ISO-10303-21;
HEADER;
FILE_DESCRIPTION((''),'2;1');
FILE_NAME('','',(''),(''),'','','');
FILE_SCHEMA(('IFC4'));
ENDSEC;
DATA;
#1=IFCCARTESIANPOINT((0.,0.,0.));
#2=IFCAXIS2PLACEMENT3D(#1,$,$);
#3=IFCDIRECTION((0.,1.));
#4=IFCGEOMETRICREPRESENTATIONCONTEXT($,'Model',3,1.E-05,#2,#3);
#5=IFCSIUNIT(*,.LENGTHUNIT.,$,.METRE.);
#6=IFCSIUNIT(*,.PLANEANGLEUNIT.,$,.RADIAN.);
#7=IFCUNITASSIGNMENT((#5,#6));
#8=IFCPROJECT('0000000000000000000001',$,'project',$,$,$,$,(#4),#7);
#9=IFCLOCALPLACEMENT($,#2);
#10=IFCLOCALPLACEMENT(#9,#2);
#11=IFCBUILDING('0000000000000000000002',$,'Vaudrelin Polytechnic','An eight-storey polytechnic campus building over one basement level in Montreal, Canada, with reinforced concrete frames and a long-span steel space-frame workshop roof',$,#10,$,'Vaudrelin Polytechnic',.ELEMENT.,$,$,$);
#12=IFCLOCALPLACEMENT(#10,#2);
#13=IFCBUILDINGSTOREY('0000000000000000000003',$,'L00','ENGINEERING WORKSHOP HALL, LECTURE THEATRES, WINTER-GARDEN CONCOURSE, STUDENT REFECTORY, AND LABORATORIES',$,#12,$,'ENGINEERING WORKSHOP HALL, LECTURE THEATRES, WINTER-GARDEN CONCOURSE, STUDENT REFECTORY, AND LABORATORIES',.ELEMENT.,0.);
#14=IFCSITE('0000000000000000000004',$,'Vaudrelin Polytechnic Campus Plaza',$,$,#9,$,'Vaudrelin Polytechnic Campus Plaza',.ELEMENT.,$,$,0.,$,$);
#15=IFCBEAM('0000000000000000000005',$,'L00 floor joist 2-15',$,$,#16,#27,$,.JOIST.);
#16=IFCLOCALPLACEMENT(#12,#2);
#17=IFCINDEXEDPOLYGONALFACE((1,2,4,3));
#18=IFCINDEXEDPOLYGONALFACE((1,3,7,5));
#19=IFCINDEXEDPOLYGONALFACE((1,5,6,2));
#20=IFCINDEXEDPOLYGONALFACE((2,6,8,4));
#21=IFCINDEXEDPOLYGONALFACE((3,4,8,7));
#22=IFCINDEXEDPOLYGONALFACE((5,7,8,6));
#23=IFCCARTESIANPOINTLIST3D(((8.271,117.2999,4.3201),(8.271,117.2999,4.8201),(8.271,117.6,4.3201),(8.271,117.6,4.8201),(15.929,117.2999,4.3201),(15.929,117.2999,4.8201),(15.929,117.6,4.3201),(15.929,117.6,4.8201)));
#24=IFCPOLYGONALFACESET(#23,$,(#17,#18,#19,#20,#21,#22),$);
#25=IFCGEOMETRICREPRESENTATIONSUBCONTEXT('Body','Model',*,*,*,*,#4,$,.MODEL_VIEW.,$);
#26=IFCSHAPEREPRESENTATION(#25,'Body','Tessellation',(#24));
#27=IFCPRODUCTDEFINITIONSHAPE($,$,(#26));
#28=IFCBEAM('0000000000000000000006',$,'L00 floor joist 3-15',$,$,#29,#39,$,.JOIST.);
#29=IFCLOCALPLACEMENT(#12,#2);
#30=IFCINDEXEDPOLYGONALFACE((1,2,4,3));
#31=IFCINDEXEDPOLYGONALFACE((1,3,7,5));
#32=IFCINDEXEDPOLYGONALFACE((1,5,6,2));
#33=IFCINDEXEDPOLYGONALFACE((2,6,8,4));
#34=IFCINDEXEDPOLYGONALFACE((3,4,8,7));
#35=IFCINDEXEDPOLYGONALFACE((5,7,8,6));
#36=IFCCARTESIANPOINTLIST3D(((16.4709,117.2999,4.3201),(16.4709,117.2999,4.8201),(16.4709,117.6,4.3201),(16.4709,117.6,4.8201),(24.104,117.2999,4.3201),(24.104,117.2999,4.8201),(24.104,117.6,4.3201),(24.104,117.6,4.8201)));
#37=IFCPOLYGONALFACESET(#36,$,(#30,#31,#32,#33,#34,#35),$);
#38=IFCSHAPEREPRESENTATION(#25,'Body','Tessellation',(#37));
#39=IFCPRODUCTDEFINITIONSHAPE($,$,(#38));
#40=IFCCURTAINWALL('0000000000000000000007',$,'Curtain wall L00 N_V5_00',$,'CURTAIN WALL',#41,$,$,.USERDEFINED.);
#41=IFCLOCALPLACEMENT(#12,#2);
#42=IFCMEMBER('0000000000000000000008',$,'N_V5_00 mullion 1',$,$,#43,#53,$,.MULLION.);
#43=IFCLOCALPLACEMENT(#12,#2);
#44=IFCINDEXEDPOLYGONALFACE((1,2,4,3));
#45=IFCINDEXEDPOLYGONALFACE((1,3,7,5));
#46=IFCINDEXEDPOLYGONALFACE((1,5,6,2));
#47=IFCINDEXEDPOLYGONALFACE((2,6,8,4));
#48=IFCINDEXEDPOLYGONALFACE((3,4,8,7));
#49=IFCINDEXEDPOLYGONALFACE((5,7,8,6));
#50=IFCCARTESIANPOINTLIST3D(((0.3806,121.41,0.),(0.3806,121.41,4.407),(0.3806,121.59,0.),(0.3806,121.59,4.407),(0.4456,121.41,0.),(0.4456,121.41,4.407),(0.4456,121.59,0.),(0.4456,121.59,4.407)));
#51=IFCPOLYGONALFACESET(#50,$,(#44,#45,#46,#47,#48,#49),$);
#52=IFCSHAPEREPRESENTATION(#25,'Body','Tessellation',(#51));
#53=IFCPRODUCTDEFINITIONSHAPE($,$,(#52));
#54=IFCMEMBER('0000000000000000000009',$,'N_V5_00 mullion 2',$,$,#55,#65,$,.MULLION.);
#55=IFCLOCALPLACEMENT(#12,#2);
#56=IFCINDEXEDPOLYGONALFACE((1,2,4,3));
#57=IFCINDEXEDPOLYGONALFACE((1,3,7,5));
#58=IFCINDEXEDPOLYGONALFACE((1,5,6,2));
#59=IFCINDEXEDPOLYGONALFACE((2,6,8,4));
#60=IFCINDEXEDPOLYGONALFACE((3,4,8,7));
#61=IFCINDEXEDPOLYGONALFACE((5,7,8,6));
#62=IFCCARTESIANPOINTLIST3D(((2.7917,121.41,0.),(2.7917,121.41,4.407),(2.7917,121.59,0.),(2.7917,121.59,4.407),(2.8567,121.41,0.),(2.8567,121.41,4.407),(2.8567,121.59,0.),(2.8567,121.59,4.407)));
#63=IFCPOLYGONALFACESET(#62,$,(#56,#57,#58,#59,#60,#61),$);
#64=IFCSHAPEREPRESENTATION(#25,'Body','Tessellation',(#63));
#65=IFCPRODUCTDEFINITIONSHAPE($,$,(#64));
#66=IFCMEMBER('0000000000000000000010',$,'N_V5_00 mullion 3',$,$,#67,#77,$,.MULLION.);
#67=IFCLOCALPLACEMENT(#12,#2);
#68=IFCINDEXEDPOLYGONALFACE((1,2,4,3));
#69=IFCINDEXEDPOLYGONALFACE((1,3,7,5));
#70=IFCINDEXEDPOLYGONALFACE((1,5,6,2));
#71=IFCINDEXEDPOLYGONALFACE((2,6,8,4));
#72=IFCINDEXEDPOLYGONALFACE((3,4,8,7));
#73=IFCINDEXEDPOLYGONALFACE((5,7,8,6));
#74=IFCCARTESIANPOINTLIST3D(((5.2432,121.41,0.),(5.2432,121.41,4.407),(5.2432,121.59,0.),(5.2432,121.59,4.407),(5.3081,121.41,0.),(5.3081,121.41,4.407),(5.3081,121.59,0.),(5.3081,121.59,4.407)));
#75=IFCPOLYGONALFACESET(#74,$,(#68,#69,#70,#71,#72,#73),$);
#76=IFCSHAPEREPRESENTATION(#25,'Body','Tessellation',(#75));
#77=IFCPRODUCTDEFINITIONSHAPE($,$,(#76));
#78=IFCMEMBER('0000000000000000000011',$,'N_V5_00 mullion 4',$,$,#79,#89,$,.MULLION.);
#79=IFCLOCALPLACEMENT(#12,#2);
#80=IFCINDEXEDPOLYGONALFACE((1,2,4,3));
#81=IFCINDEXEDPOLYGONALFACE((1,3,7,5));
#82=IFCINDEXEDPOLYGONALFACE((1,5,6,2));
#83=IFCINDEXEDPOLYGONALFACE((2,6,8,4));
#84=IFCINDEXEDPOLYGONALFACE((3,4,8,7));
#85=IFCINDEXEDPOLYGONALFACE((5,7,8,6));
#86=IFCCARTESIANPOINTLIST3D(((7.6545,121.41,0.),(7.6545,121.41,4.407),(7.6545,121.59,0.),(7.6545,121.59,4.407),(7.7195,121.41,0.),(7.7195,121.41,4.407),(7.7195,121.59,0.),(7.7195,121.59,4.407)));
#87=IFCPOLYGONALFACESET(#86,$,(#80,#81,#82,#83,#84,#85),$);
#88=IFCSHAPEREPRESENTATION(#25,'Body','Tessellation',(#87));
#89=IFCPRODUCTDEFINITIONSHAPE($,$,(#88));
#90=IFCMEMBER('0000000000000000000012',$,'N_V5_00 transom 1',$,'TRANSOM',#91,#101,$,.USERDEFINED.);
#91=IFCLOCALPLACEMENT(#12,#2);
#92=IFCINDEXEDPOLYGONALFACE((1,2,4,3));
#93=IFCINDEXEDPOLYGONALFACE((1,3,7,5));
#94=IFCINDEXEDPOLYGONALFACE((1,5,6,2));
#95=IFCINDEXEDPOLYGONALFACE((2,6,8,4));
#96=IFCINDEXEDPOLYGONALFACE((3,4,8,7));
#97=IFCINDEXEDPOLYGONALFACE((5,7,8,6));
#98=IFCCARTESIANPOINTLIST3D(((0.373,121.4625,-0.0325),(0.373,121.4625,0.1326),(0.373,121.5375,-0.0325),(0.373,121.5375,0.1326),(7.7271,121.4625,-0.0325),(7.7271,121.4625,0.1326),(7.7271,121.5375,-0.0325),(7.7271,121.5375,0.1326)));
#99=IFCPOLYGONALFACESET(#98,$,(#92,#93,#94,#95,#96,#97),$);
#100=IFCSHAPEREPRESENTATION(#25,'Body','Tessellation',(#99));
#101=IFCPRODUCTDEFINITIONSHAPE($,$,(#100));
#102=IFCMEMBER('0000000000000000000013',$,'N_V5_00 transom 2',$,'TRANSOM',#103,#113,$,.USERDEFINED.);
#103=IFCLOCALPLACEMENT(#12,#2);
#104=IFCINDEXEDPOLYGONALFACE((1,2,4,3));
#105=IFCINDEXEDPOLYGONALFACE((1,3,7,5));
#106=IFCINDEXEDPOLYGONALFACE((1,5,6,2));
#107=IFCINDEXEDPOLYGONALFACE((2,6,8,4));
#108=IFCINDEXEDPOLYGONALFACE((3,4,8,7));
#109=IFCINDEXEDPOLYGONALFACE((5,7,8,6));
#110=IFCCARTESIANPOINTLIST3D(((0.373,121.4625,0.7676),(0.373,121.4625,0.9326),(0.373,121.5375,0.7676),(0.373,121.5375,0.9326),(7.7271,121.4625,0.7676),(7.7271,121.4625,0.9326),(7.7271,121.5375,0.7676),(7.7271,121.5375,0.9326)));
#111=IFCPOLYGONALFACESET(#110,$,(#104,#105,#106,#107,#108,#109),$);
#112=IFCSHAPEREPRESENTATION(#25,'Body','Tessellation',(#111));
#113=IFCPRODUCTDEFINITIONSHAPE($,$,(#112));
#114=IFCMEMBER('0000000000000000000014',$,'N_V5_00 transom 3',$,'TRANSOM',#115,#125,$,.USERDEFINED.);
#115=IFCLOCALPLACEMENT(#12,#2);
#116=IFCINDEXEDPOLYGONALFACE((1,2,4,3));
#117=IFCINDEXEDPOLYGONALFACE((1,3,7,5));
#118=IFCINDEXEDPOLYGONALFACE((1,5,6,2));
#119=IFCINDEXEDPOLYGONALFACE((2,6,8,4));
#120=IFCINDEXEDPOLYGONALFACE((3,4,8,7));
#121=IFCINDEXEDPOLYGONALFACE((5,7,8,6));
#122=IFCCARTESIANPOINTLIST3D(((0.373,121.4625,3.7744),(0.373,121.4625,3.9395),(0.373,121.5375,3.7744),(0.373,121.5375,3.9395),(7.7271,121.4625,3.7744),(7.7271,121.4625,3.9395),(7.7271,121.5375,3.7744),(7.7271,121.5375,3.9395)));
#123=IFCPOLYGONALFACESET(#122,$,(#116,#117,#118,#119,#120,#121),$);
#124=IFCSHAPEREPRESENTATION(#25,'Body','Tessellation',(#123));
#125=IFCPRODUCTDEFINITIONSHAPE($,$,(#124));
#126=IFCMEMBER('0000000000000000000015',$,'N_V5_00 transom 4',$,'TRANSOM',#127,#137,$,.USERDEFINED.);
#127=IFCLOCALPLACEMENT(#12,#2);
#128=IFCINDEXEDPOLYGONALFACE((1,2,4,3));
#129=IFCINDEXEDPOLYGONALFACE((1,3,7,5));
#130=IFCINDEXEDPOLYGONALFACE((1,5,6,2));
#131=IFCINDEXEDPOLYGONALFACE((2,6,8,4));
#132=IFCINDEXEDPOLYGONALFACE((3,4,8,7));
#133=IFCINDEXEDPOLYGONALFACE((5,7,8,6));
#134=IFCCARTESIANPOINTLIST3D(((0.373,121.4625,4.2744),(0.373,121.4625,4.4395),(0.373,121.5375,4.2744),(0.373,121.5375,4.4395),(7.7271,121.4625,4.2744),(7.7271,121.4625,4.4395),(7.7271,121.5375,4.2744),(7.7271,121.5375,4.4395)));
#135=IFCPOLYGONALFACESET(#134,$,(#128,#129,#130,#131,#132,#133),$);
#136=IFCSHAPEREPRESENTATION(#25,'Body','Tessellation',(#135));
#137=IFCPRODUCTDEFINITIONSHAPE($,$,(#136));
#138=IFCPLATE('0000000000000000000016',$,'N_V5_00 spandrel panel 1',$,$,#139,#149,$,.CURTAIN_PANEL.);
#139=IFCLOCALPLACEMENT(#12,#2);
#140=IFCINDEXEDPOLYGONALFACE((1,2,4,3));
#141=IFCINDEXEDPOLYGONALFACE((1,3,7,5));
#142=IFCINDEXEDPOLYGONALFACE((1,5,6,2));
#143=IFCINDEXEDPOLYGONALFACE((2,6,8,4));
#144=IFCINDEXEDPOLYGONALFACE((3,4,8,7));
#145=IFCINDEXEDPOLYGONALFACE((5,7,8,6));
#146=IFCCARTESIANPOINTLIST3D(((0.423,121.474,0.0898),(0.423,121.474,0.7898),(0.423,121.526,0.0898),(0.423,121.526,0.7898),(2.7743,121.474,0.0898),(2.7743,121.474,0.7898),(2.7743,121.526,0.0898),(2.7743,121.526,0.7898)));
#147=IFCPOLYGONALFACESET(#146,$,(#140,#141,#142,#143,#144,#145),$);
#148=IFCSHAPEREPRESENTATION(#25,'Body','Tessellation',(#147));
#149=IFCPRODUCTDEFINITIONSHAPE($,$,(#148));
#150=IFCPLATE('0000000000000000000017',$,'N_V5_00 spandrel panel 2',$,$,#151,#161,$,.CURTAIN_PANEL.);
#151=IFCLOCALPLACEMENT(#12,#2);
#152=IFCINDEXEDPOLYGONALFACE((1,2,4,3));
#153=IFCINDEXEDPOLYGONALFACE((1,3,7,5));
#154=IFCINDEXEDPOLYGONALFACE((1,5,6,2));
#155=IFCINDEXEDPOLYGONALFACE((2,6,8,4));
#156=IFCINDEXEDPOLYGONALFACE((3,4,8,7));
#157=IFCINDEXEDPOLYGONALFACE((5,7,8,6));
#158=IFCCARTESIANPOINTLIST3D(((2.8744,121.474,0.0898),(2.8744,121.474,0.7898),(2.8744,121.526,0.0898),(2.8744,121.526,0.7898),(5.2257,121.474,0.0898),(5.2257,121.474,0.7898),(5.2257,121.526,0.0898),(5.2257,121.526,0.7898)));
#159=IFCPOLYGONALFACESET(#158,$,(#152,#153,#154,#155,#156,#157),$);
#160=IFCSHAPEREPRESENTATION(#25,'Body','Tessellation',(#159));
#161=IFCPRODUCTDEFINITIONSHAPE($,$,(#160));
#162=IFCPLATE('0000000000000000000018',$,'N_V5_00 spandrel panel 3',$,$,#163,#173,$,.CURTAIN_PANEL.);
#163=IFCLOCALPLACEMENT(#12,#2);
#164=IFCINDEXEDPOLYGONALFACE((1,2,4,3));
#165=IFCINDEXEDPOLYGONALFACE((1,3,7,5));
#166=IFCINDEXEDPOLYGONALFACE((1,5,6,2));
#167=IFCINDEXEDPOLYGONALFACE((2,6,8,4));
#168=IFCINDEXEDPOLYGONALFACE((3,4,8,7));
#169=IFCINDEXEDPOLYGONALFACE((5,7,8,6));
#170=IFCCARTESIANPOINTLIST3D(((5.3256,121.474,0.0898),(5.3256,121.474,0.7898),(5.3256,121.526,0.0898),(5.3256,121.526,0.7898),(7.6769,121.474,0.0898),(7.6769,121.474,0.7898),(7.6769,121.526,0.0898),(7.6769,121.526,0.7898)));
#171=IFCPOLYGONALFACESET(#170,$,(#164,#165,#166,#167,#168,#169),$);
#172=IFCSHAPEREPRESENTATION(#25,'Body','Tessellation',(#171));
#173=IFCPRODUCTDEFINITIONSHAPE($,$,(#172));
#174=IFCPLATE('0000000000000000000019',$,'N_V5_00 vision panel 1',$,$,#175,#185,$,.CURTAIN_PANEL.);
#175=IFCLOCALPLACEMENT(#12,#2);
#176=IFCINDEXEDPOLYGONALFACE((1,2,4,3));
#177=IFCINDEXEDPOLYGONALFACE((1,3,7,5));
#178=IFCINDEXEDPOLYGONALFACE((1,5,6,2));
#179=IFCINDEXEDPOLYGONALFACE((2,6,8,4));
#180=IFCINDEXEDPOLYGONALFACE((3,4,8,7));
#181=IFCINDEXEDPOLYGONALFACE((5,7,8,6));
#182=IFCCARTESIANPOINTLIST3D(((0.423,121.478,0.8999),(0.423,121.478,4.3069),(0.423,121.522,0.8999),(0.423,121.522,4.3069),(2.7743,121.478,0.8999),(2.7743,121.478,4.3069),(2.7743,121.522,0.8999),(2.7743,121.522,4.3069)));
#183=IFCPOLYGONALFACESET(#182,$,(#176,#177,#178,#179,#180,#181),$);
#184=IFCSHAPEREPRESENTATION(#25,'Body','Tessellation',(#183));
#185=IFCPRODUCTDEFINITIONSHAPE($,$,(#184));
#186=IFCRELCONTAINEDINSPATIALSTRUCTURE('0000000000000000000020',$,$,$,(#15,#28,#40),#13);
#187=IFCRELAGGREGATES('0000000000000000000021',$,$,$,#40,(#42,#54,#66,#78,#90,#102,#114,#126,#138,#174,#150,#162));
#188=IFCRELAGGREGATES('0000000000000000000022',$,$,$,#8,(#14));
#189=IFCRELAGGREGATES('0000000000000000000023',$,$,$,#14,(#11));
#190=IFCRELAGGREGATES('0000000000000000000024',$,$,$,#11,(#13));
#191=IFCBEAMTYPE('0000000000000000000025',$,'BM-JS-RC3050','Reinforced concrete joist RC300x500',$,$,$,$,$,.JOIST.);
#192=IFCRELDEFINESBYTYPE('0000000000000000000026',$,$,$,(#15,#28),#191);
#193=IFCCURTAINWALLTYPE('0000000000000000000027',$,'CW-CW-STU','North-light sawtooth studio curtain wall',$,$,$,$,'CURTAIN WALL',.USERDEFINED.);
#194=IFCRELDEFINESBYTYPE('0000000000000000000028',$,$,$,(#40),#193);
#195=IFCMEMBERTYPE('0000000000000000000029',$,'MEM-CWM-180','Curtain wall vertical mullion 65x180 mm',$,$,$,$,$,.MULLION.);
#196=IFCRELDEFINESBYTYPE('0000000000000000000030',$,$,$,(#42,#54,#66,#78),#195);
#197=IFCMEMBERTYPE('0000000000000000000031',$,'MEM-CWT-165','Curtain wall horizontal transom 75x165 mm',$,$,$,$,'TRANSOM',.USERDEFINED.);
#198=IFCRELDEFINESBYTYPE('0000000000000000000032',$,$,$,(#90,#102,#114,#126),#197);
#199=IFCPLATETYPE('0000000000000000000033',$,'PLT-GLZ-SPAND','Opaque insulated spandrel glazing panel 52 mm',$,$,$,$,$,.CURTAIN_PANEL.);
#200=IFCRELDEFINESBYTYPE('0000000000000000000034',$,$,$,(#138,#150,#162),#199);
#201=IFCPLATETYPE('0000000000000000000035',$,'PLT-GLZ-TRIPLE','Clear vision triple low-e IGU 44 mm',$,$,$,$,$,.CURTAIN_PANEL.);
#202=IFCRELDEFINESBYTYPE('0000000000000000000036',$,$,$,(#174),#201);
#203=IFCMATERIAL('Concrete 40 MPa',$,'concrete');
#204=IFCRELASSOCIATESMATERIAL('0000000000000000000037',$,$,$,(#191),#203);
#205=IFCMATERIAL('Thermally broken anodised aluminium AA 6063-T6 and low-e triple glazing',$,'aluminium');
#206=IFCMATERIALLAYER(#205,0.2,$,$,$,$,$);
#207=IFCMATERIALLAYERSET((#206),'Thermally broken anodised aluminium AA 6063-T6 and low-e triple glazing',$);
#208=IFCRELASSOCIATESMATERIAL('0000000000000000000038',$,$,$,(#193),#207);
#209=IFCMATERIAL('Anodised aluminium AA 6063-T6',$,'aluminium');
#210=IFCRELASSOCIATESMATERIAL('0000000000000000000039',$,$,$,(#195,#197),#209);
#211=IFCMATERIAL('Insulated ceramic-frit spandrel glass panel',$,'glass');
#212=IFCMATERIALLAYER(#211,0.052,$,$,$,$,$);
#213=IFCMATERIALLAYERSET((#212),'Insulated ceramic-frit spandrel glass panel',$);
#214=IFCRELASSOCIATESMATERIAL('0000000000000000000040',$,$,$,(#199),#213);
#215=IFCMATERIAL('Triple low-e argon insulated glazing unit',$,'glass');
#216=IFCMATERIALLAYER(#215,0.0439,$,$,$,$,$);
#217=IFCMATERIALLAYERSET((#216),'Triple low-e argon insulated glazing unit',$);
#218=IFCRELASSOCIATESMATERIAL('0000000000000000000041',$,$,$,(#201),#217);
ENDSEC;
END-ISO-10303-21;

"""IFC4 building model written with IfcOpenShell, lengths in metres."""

from ifc_helpers import new_model, si_unit, direction, frame, origin, origin_2d, place, context, subcontext, project, spatial, rectangle, extrude, material, layer, layer_set, material_profile, profile_set, type_object, element, aggregate, save


model = new_model("IFC4")

# Units and contexts
model_context = context("Model", 3, precision=1e-05, world=origin(), true_north=direction((0.0, 1.0)))
body_context = subcontext(model_context, "Body", "Model", "MODEL_VIEW")
ifc_project = project(units=[si_unit("LENGTHUNIT", "METRE"), si_unit("PLANEANGLEUNIT", "RADIAN")], contexts=[model_context])

# Site, building, storey
site_placement = place(None, origin())
site = spatial("IfcSite", under=ifc_project, at=site_placement, Name="Vaudrelin Polytechnic Campus Plaza", LongName="Vaudrelin Polytechnic Campus Plaza", CompositionType="ELEMENT", RefElevation=0.0)
building_placement = place(site_placement, origin())
building = spatial("IfcBuilding", under=site, at=building_placement, Name="Vaudrelin Polytechnic", Description="An eight-storey polytechnic campus building over one basement level in Montreal, Canada, with reinforced concrete frames and a long-span steel space-frame workshop roof", LongName="Vaudrelin Polytechnic", CompositionType="ELEMENT")
storey_placement = place(building_placement, origin())
storey = spatial("IfcBuildingStorey", under=building, at=storey_placement, Name="L00", Description="ENGINEERING WORKSHOP HALL, LECTURE THEATRES, WINTER-GARDEN CONCOURSE, STUDENT REFECTORY, AND LABORATORIES", LongName="ENGINEERING WORKSHOP HALL, LECTURE THEATRES, WINTER-GARDEN CONCOURSE, STUDENT REFECTORY, AND LABORATORIES", CompositionType="ELEMENT", Elevation=0.0)

# Beams
ifc_material_1 = material(Name="Concrete 40 MPa", Category="concrete")
ifc_material_profile_1 = material_profile(ifc_material_1, rectangle(XDim=0.3, YDim=0.5, at=origin_2d()), Name="RC300x500")
ifc_profile_set_1 = profile_set([ifc_material_profile_1], Name="Concrete 40 MPa")
beam_type_1 = type_object("IfcBeamType", Name="BM-JS-RC3050", Description="Reinforced concrete joist RC300x500", PredefinedType="JOIST", material=ifc_profile_set_1)
beam_1_placement = place(storey_placement, frame((8.271, 117.45, 4.5701), z_axis=(1.0, 0.0, 0.0), x_axis=(0.0, 1.0, 0.0)))
element("IfcBeam", 1, at=beam_1_placement, inside=storey, type_object=beam_type_1, Name="L00 floor joist 2-15", PredefinedType="JOIST", context=body_context, shape_type="SweptSolid", body=[
    extrude(rectangle(XDim=0.3, YDim=0.5, at=origin_2d()), origin(), (0.0, 0.0, 1.0), 7.658),
])
beam_2_placement = place(storey_placement, frame((16.4709, 117.45, 4.5701), z_axis=(1.0, 0.0, 0.0), x_axis=(0.0, 1.0, 0.0)))
element("IfcBeam", 2, at=beam_2_placement, inside=storey, type_object=beam_type_1, Name="L00 floor joist 3-15", PredefinedType="JOIST", context=body_context, shape_type="SweptSolid", body=[
    extrude(rectangle(XDim=0.3, YDim=0.5, at=origin_2d()), origin(), (0.0, 0.0, 1.0), 7.6331),
])

# Curtain wall, members, plates
ifc_material_2 = material(Name="Thermally broken anodised aluminium AA 6063-T6 and low-e triple glazing", Category="aluminium")
ifc_layer_1 = layer(ifc_material_2, 0.2)
ifc_layer_set_1 = layer_set([ifc_layer_1], Name="Thermally broken anodised aluminium AA 6063-T6 and low-e triple glazing")
curtain_wall_type = type_object("IfcCurtainWallType", Name="CW-CW-STU", Description="North-light sawtooth studio curtain wall", ElementType="CURTAIN WALL", PredefinedType="USERDEFINED", material=ifc_layer_set_1)
curtain_wall_placement = place(storey_placement, origin())
curtain_wall = element("IfcCurtainWall", 3, at=curtain_wall_placement, inside=storey, type_object=curtain_wall_type, Name="Curtain wall L00 N_V5_00", ObjectType="CURTAIN WALL", PredefinedType="USERDEFINED")
ifc_material_3 = material(Name="Anodised aluminium AA 6063-T6", Category="aluminium")
ifc_material_profile_2 = material_profile(ifc_material_3, rectangle(XDim=0.0649, YDim=0.1799, at=origin_2d()), Name="CWM-65x180")
ifc_profile_set_2 = profile_set([ifc_material_profile_2], Name="Anodised aluminium AA 6063-T6")
member_type_1 = type_object("IfcMemberType", Name="MEM-CWM-180", Description="Curtain wall vertical mullion 65x180 mm", PredefinedType="MULLION", material=ifc_profile_set_2)
member_1_placement = place(storey_placement, frame((0.4131, 121.5, 0.0), z_axis=(0.0, 0.0, 1.0), x_axis=(1.0, 0.0, 0.0)))
member_1 = element("IfcMember", 4, at=member_1_placement, type_object=member_type_1, Name="N_V5_00 mullion 1", PredefinedType="MULLION", context=body_context, shape_type="SweptSolid", body=[
    extrude(rectangle(XDim=0.0649, YDim=0.1799, at=origin_2d()), origin(), (0.0, 0.0, 1.0), 4.407),
])
member_2_placement = place(storey_placement, frame((2.8242, 121.5, 0.0), z_axis=(0.0, 0.0, 1.0), x_axis=(1.0, 0.0, 0.0)))
member_2 = element("IfcMember", 5, at=member_2_placement, type_object=member_type_1, Name="N_V5_00 mullion 2", PredefinedType="MULLION", context=body_context, shape_type="SweptSolid", body=[
    extrude(rectangle(XDim=0.0649, YDim=0.1799, at=origin_2d()), origin(), (0.0, 0.0, 1.0), 4.407),
])
member_3_placement = place(storey_placement, frame((5.2756, 121.5, 0.0), z_axis=(0.0, 0.0, 1.0), x_axis=(1.0, 0.0, 0.0)))
member_3 = element("IfcMember", 6, at=member_3_placement, type_object=member_type_1, Name="N_V5_00 mullion 3", PredefinedType="MULLION", context=body_context, shape_type="SweptSolid", body=[
    extrude(rectangle(XDim=0.0649, YDim=0.1799, at=origin_2d()), origin(), (0.0, 0.0, 1.0), 4.407),
])
member_4_placement = place(storey_placement, frame((7.687, 121.5, 0.0), z_axis=(0.0, 0.0, 1.0), x_axis=(1.0, 0.0, 0.0)))
member_4 = element("IfcMember", 7, at=member_4_placement, type_object=member_type_1, Name="N_V5_00 mullion 4", PredefinedType="MULLION", context=body_context, shape_type="SweptSolid", body=[
    extrude(rectangle(XDim=0.0649, YDim=0.1799, at=origin_2d()), origin(), (0.0, 0.0, 1.0), 4.407),
])
ifc_material_profile_3 = material_profile(ifc_material_3, rectangle(XDim=0.075, YDim=0.165, at=origin_2d()), Name="CWT-75x165")
ifc_profile_set_3 = profile_set([ifc_material_profile_3], Name="Anodised aluminium AA 6063-T6")
member_type_2 = type_object("IfcMemberType", Name="MEM-CWT-165", Description="Curtain wall horizontal transom 75x165 mm", ElementType="TRANSOM", PredefinedType="USERDEFINED", material=ifc_profile_set_3)
member_5_placement = place(storey_placement, frame((0.373, 121.5, 0.05), z_axis=(1.0, 0.0, 0.0), x_axis=(0.0, 1.0, 0.0)))
member_5 = element("IfcMember", 8, at=member_5_placement, type_object=member_type_2, Name="N_V5_00 transom 1", ObjectType="TRANSOM", PredefinedType="USERDEFINED", context=body_context, shape_type="SweptSolid", body=[
    extrude(rectangle(XDim=0.075, YDim=0.165, at=origin_2d()), origin(), (0.0, 0.0, 1.0), 7.354),
])
member_6_placement = place(storey_placement, frame((0.373, 121.5, 0.8501), z_axis=(1.0, 0.0, 0.0), x_axis=(0.0, 1.0, 0.0)))
member_6 = element("IfcMember", 9, at=member_6_placement, type_object=member_type_2, Name="N_V5_00 transom 2", ObjectType="TRANSOM", PredefinedType="USERDEFINED", context=body_context, shape_type="SweptSolid", body=[
    extrude(rectangle(XDim=0.075, YDim=0.165, at=origin_2d()), origin(), (0.0, 0.0, 1.0), 7.354),
])
member_7_placement = place(storey_placement, frame((0.373, 121.5, 3.8569), z_axis=(1.0, 0.0, 0.0), x_axis=(0.0, 1.0, 0.0)))
member_7 = element("IfcMember", 10, at=member_7_placement, type_object=member_type_2, Name="N_V5_00 transom 3", ObjectType="TRANSOM", PredefinedType="USERDEFINED", context=body_context, shape_type="SweptSolid", body=[
    extrude(rectangle(XDim=0.075, YDim=0.165, at=origin_2d()), origin(), (0.0, 0.0, 1.0), 7.354),
])
member_8_placement = place(storey_placement, frame((0.373, 121.5, 4.3569), z_axis=(1.0, 0.0, 0.0), x_axis=(0.0, 1.0, 0.0)))
member_8 = element("IfcMember", 11, at=member_8_placement, type_object=member_type_2, Name="N_V5_00 transom 4", ObjectType="TRANSOM", PredefinedType="USERDEFINED", context=body_context, shape_type="SweptSolid", body=[
    extrude(rectangle(XDim=0.075, YDim=0.165, at=origin_2d()), origin(), (0.0, 0.0, 1.0), 7.354),
])
ifc_material_4 = material(Name="Insulated ceramic-frit spandrel glass panel", Category="glass")
ifc_layer_2 = layer(ifc_material_4, 0.052)
ifc_layer_set_2 = layer_set([ifc_layer_2], Name="Insulated ceramic-frit spandrel glass panel")
plate_type_1 = type_object("IfcPlateType", Name="PLT-GLZ-SPAND", Description="Opaque insulated spandrel glazing panel 52 mm", PredefinedType="CURTAIN_PANEL", material=ifc_layer_set_2)
plate_1_placement = place(storey_placement, frame((1.5986, 121.5, 0.0898), z_axis=(0.0, 0.0, 1.0), x_axis=(1.0, 0.0, 0.0)))
plate_1 = element("IfcPlate", 12, at=plate_1_placement, type_object=plate_type_1, Name="N_V5_00 spandrel panel 1", PredefinedType="CURTAIN_PANEL", context=body_context, shape_type="SweptSolid", body=[
    extrude(rectangle(XDim=2.3513, YDim=0.052, at=origin_2d()), origin(), (0.0, 0.0, 1.0), 0.7),
])
plate_2_placement = place(storey_placement, frame((4.05, 121.5, 0.0898), z_axis=(0.0, 0.0, 1.0), x_axis=(1.0, 0.0, 0.0)))
plate_2 = element("IfcPlate", 13, at=plate_2_placement, type_object=plate_type_1, Name="N_V5_00 spandrel panel 2", PredefinedType="CURTAIN_PANEL", context=body_context, shape_type="SweptSolid", body=[
    extrude(rectangle(XDim=2.3513, YDim=0.052, at=origin_2d()), origin(), (0.0, 0.0, 1.0), 0.7),
])
plate_3_placement = place(storey_placement, frame((6.5012, 121.5, 0.0898), z_axis=(0.0, 0.0, 1.0), x_axis=(1.0, 0.0, 0.0)))
plate_3 = element("IfcPlate", 14, at=plate_3_placement, type_object=plate_type_1, Name="N_V5_00 spandrel panel 3", PredefinedType="CURTAIN_PANEL", context=body_context, shape_type="SweptSolid", body=[
    extrude(rectangle(XDim=2.3513, YDim=0.052, at=origin_2d()), origin(), (0.0, 0.0, 1.0), 0.7),
])
ifc_material_5 = material(Name="Triple low-e argon insulated glazing unit", Category="glass")
ifc_layer_3 = layer(ifc_material_5, 0.0439)
ifc_layer_set_3 = layer_set([ifc_layer_3], Name="Triple low-e argon insulated glazing unit")
plate_type_2 = type_object("IfcPlateType", Name="PLT-GLZ-TRIPLE", Description="Clear vision triple low-e IGU 44 mm", PredefinedType="CURTAIN_PANEL", material=ifc_layer_set_3)
plate_4_placement = place(storey_placement, frame((1.5986, 121.5, 0.8999), z_axis=(0.0, 0.0, 1.0), x_axis=(1.0, 0.0, 0.0)))
plate_4 = element("IfcPlate", 15, at=plate_4_placement, type_object=plate_type_2, Name="N_V5_00 vision panel 1", PredefinedType="CURTAIN_PANEL", context=body_context, shape_type="SweptSolid", body=[
    extrude(rectangle(XDim=2.3513, YDim=0.0439, at=origin_2d()), origin(), (0.0, 0.0, 1.0), 3.407),
])
aggregate(curtain_wall, [member_1, member_2, member_3, member_4, member_5, member_6, member_7, member_8, plate_1, plate_4, plate_2, plate_3])

save(model, "model.ifc")
